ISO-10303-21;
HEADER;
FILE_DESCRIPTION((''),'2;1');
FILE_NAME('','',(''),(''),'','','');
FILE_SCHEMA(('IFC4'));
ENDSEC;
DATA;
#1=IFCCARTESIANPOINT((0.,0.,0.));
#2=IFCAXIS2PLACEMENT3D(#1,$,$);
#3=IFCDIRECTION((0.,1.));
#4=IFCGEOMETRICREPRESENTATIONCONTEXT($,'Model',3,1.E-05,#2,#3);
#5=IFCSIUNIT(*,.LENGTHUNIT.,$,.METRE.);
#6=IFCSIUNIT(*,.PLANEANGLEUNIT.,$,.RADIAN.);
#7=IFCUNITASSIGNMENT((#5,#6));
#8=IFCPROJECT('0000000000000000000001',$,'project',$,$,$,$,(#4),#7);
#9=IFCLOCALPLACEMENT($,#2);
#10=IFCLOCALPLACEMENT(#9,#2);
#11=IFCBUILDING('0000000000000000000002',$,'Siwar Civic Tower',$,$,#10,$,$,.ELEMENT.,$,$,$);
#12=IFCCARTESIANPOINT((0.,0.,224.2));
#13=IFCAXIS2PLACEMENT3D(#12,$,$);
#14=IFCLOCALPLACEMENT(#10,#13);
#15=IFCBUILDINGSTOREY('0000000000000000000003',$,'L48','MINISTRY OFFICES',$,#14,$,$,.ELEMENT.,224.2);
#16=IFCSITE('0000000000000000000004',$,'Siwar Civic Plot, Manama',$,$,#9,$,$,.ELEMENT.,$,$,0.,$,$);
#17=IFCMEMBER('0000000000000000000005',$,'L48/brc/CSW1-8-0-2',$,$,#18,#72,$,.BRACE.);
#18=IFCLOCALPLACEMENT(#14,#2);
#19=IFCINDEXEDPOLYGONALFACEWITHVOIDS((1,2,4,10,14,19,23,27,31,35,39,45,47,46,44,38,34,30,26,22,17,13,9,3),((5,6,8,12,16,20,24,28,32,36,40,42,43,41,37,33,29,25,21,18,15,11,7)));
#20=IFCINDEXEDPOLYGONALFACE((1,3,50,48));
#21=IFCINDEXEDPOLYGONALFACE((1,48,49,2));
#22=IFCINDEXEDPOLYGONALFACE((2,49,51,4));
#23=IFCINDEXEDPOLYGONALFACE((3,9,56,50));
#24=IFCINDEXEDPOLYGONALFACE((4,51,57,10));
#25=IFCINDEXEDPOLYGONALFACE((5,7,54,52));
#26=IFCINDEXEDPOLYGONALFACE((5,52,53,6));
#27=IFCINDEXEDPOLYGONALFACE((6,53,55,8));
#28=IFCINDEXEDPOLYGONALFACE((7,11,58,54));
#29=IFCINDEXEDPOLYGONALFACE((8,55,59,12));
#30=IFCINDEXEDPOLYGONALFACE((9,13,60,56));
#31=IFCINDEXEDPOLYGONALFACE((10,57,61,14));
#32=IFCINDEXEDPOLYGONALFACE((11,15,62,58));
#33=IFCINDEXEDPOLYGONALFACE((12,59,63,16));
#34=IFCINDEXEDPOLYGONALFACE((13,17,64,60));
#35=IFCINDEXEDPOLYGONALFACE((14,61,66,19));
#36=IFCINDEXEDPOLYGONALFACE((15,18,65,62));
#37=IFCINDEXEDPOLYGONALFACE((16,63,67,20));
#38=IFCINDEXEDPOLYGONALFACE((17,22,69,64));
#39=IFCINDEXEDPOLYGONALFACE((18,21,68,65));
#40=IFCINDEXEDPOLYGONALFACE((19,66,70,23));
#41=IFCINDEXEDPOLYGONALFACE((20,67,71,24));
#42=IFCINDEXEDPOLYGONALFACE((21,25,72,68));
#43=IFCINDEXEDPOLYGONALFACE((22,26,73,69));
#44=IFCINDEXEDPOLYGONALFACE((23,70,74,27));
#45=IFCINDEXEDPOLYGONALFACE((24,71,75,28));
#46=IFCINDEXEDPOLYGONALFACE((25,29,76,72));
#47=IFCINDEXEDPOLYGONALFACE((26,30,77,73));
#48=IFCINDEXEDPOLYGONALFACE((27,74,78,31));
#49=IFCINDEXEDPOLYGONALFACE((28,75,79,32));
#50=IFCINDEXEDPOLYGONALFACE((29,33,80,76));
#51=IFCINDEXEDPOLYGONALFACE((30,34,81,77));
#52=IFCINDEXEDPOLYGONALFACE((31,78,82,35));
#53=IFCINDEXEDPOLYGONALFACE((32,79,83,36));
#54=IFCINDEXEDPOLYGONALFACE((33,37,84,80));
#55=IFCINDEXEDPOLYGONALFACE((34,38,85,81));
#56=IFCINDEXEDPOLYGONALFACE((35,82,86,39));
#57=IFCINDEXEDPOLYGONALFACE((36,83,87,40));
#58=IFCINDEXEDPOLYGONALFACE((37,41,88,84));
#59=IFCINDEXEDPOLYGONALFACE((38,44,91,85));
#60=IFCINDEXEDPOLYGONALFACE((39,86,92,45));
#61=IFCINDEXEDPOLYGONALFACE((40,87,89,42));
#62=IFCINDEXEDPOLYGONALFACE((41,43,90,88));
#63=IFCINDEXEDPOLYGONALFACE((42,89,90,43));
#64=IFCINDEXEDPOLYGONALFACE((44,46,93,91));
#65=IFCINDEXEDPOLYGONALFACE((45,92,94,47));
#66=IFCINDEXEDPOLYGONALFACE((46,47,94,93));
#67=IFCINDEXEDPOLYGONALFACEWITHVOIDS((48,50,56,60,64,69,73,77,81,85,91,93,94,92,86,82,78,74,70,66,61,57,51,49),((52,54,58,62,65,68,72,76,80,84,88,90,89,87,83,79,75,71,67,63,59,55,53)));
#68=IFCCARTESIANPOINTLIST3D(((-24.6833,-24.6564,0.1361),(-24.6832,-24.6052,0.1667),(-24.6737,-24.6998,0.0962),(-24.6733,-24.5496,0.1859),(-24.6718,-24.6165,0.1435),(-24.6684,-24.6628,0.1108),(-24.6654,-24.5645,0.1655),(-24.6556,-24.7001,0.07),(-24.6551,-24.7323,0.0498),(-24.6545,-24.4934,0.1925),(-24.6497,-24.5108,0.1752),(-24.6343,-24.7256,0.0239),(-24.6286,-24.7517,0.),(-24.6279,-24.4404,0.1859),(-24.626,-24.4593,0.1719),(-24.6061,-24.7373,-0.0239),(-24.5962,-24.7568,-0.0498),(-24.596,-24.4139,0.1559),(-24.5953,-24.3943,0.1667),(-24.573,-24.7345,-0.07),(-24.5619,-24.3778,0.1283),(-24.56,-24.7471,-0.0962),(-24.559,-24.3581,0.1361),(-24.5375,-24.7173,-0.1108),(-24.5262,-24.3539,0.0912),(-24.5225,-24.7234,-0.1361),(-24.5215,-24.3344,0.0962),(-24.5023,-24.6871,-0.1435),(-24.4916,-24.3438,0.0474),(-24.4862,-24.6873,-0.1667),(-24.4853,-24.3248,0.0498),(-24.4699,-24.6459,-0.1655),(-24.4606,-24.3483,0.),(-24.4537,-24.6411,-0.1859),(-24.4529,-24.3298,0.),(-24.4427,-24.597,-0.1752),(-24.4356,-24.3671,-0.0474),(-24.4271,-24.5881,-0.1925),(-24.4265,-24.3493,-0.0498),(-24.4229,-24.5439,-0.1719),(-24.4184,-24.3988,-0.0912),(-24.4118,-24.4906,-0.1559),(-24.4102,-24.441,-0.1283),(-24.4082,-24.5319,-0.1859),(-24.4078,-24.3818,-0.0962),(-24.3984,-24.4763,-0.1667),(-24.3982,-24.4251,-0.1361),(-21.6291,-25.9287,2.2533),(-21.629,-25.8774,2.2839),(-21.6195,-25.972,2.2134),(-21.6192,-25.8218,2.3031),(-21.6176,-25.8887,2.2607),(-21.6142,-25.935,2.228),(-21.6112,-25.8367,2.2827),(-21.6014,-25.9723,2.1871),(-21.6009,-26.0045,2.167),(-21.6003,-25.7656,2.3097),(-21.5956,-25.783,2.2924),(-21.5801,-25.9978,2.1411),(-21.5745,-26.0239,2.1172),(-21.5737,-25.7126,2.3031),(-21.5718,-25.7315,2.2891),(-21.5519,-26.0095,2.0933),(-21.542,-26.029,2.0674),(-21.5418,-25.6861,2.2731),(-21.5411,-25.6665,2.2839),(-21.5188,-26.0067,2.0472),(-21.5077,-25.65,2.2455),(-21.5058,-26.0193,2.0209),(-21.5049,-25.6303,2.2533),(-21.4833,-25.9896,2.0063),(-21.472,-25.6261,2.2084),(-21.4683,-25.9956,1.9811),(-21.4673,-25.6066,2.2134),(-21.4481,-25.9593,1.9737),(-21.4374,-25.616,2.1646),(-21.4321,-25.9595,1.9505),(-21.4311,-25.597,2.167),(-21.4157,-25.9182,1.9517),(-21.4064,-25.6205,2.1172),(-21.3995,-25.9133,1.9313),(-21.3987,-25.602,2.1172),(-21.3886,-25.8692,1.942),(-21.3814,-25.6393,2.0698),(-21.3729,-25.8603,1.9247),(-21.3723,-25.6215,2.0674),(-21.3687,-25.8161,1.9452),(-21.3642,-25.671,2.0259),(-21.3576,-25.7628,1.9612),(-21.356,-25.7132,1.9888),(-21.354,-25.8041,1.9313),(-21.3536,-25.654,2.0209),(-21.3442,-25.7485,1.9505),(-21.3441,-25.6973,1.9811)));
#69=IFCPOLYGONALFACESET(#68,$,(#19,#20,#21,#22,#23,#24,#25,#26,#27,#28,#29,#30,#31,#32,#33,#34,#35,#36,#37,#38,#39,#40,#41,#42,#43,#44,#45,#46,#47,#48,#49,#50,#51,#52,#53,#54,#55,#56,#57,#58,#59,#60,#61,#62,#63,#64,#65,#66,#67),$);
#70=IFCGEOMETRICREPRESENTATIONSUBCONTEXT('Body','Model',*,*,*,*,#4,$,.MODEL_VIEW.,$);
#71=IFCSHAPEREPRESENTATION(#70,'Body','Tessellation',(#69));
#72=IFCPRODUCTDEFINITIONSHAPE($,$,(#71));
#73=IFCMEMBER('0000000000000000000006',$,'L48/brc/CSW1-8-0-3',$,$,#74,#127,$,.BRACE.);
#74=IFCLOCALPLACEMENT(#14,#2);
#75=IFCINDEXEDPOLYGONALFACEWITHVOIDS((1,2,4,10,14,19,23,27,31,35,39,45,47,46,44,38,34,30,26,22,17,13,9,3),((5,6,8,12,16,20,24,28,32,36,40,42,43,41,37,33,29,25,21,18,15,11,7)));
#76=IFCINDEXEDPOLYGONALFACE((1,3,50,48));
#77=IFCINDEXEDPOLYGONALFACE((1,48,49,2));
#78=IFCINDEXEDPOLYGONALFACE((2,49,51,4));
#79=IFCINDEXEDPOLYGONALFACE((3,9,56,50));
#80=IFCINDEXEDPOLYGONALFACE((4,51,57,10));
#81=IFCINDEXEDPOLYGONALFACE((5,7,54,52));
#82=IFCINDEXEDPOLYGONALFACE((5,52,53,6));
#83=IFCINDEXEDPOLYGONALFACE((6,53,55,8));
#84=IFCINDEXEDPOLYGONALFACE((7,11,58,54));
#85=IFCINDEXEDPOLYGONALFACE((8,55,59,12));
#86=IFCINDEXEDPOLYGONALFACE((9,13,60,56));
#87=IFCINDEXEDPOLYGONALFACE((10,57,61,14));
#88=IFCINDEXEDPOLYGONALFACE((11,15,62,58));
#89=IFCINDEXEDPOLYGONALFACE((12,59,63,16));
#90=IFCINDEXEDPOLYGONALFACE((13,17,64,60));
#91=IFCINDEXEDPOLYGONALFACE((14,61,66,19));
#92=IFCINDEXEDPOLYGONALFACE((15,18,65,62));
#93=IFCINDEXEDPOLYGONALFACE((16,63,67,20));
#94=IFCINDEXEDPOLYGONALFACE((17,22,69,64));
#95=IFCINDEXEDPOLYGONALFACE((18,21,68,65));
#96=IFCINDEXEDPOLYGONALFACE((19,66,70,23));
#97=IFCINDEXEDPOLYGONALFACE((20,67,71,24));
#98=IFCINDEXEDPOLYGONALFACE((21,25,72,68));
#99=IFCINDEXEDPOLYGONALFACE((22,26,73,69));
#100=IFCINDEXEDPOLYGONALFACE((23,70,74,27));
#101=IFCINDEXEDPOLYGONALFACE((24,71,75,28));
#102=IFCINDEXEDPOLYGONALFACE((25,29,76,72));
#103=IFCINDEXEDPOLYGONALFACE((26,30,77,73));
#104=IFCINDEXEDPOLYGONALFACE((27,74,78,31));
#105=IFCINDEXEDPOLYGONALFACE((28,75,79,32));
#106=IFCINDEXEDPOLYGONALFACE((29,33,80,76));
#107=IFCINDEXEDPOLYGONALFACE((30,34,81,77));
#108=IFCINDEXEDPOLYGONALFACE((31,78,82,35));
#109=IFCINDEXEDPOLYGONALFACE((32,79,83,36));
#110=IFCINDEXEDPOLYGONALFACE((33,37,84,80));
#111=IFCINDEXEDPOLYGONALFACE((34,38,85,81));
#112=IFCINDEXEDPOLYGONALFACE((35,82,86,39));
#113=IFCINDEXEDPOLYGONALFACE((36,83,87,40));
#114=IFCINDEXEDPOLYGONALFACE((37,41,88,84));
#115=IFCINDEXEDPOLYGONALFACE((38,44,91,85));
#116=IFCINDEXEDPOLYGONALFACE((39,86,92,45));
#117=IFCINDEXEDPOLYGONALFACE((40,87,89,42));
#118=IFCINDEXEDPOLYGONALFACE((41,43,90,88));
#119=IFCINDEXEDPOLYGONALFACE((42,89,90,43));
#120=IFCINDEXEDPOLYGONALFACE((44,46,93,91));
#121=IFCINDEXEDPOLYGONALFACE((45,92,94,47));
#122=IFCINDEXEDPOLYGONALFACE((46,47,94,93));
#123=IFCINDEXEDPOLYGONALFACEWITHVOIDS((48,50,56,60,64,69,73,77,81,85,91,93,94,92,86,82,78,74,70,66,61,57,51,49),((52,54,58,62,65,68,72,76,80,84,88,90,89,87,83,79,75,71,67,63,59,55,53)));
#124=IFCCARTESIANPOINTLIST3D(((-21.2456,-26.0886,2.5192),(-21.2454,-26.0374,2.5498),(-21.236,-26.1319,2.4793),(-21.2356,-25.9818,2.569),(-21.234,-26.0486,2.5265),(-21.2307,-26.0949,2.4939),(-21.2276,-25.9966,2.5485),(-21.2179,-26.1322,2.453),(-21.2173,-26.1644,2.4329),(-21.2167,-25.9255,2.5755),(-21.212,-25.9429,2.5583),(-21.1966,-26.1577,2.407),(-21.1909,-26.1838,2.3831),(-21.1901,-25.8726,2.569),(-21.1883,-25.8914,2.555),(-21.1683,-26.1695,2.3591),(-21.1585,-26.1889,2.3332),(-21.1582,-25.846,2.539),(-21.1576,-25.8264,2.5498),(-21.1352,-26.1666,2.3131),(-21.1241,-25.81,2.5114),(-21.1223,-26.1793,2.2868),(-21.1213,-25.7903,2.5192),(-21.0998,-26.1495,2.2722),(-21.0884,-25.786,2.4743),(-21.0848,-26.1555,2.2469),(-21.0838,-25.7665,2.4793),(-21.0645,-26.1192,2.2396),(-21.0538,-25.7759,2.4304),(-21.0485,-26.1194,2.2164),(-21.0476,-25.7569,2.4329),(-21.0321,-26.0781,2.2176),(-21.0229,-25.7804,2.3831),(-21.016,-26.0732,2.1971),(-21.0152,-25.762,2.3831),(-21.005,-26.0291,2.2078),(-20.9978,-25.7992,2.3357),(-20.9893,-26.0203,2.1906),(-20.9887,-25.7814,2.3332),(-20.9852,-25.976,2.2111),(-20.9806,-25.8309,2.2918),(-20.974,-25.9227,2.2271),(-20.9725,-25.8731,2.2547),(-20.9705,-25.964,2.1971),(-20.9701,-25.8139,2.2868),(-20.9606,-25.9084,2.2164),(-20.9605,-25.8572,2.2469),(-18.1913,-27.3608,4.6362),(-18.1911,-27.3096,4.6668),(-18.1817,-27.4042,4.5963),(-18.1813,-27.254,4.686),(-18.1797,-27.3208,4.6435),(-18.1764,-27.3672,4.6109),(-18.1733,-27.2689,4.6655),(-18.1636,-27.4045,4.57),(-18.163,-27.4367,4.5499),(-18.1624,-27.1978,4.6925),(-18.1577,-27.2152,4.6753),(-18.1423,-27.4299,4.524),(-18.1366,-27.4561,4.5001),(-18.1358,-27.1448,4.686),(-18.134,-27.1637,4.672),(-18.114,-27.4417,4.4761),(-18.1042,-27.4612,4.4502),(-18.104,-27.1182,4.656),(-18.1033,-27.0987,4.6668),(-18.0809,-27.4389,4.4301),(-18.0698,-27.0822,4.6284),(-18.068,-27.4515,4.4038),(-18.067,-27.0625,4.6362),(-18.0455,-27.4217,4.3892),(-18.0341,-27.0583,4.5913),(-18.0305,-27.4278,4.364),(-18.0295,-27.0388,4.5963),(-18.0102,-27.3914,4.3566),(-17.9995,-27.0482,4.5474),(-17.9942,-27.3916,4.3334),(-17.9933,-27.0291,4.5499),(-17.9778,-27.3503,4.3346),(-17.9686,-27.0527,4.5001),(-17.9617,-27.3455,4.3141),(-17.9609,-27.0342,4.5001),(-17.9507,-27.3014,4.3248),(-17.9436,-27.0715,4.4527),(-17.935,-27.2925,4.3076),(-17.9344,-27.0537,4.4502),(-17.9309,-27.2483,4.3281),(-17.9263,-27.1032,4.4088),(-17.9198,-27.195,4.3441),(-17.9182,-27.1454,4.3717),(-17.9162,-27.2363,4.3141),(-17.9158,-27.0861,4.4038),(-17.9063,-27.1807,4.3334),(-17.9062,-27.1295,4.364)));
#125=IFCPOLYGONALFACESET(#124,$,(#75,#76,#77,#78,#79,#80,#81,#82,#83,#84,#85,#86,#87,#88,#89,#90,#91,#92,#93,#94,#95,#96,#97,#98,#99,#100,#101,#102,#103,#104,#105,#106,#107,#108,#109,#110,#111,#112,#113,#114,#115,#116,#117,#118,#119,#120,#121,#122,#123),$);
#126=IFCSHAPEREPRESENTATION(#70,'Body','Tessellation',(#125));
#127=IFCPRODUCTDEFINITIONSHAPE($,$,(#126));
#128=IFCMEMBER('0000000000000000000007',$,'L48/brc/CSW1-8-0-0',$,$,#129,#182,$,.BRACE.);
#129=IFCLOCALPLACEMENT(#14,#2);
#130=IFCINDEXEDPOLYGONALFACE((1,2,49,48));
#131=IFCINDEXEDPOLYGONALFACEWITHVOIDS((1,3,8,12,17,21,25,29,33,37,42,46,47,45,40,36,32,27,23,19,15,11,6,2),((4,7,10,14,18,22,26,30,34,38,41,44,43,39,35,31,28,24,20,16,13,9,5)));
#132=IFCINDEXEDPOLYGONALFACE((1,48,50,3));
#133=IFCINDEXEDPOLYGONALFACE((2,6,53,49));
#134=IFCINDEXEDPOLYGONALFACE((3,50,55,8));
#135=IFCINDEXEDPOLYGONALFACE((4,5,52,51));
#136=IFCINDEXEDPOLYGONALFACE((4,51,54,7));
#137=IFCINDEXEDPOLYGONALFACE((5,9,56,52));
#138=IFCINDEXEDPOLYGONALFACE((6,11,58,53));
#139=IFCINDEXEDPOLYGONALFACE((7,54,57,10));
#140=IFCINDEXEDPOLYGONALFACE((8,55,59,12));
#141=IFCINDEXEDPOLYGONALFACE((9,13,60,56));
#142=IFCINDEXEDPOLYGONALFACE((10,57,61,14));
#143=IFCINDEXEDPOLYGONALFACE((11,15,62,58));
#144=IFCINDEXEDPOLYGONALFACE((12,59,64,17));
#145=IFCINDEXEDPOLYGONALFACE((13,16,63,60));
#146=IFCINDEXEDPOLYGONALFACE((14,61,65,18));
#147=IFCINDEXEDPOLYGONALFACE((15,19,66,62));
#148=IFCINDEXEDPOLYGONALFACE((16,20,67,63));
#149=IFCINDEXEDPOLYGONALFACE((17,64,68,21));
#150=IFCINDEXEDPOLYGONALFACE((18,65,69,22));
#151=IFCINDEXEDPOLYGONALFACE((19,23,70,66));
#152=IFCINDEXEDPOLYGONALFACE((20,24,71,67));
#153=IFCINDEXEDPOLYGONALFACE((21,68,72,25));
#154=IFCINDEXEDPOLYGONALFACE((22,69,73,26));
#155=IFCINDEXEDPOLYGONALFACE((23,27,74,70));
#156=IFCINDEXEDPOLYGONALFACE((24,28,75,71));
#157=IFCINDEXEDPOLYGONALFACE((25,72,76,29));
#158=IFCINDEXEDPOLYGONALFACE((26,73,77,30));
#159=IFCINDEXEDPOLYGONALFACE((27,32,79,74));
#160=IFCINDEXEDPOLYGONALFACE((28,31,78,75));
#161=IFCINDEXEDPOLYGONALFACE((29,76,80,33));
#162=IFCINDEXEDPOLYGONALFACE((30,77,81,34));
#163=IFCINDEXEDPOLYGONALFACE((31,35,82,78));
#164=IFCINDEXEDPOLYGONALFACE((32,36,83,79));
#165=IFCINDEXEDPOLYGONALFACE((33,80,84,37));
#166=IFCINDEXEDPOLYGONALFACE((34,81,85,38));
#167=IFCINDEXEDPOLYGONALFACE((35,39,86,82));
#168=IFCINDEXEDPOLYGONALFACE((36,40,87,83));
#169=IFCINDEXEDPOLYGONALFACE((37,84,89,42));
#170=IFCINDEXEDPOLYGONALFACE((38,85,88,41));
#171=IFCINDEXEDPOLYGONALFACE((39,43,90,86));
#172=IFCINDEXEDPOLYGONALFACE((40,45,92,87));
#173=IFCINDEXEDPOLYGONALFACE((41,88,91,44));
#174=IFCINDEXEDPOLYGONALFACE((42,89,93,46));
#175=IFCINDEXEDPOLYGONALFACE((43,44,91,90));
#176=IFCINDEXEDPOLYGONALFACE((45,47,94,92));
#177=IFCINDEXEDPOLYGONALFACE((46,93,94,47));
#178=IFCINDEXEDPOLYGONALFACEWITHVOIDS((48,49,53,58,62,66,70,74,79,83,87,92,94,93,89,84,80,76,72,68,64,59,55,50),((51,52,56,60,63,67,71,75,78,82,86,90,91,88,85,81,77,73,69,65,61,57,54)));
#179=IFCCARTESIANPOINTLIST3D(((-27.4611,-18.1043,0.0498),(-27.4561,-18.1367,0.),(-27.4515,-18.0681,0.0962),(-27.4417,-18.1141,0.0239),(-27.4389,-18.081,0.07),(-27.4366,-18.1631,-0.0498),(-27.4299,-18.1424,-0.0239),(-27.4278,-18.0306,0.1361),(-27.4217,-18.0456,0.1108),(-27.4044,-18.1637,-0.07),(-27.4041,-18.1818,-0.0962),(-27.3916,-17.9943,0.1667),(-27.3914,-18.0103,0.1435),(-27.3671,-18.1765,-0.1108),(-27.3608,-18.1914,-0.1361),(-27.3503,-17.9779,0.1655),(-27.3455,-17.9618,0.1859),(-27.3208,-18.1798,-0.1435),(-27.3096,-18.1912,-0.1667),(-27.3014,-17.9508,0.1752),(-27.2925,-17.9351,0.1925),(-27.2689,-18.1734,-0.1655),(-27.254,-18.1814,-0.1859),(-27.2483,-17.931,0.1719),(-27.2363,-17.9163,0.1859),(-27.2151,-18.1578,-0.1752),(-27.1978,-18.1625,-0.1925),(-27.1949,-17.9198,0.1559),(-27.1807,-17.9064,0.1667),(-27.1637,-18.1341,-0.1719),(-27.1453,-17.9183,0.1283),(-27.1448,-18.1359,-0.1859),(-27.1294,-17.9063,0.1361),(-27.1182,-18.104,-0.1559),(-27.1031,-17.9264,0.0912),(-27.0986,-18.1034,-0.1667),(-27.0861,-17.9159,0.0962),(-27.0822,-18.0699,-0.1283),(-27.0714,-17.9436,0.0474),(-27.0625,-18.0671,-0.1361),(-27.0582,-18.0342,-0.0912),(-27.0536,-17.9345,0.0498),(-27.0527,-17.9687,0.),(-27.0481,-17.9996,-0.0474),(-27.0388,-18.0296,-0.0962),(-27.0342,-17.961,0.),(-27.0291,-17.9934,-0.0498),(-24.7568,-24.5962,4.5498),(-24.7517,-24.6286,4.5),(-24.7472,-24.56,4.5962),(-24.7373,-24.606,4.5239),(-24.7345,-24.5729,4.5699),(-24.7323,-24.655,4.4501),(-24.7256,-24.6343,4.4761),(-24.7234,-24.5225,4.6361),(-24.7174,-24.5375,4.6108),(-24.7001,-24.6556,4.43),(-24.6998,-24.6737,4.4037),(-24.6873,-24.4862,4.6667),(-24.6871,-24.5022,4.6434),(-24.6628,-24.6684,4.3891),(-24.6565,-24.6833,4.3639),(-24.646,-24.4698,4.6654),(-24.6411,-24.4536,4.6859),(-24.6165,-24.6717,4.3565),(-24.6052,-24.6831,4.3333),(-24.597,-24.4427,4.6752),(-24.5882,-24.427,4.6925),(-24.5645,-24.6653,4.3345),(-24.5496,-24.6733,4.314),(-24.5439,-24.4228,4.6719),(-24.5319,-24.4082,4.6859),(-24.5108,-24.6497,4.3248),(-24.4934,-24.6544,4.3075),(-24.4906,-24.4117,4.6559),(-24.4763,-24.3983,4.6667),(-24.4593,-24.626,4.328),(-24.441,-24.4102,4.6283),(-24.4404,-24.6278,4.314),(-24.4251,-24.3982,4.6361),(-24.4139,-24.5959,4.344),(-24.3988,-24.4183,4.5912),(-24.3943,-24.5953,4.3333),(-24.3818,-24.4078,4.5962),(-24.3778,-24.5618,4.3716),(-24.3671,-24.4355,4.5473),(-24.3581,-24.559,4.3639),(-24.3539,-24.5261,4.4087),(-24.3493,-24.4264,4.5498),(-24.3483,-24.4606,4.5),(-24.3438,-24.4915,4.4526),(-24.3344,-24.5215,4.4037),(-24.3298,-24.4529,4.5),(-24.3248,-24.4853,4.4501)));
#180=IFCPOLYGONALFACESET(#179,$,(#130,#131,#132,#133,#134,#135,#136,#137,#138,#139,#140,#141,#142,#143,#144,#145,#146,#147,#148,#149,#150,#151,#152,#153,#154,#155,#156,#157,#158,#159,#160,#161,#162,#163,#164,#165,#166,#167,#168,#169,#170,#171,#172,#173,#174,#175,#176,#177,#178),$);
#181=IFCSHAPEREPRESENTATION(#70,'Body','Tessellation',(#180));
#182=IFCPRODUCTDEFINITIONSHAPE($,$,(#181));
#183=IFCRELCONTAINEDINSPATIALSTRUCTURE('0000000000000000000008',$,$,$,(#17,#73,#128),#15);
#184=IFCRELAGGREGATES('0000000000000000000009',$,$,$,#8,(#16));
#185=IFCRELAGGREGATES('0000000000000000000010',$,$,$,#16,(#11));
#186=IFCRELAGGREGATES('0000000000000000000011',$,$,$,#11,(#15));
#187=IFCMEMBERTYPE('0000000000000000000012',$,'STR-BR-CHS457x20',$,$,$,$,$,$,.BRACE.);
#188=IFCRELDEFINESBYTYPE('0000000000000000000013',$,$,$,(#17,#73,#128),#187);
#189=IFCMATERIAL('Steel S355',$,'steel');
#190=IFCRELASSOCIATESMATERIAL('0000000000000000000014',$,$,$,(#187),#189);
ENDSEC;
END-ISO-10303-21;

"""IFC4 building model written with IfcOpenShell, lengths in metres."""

from ifc_helpers import new_model, si_unit, direction, frame, origin, origin_2d, place, context, subcontext, project, spatial, hollow_circle, extrude, material, material_profile, profile_set, type_object, element, save


model = new_model("IFC4")

# Units and contexts
model_context = context("Model", 3, precision=1e-05, world=origin(), true_north=direction((0.0, 1.0)))
body_context = subcontext(model_context, "Body", "Model", "MODEL_VIEW")
ifc_project = project(units=[si_unit("LENGTHUNIT", "METRE"), si_unit("PLANEANGLEUNIT", "RADIAN")], contexts=[model_context])

# Site, building, storey
site_placement = place(None, origin())
site = spatial("IfcSite", under=ifc_project, at=site_placement, Name="Siwar Civic Plot, Manama", CompositionType="ELEMENT", RefElevation=0.0)
building_placement = place(site_placement, origin())
building = spatial("IfcBuilding", under=site, at=building_placement, Name="Siwar Civic Tower", CompositionType="ELEMENT")
storey_placement = place(building_placement, frame((0.0, 0.0, 224.2)))
storey = spatial("IfcBuildingStorey", under=building, at=storey_placement, Name="L48", Description="MINISTRY OFFICES", CompositionType="ELEMENT", Elevation=224.2)

# Members
ifc_material_1 = material(Name="Steel S355", Category="steel")
ifc_material_profile_1 = material_profile(ifc_material_1, hollow_circle(Radius=0.2285, WallThickness=0.02, at=origin_2d()), Name="CHS457x20")
ifc_profile_set_1 = profile_set([ifc_material_profile_1], Name="Steel S355")
member_type_1 = type_object("IfcMemberType", Name="STR-BR-CHS457x20", PredefinedType="BRACE", material=ifc_profile_set_1)
for number, where, z_axis, x_axis, name in (
    (1, (-24.5408, -24.5408, 0.0), (0.777546, -0.323884, 0.538999), (0.384521, 0.923116, 0.0), "L48/brc/CSW1-8-0-2"),
    (2, (-21.103, -25.9729, 2.3831), (0.777572, -0.323895, 0.538955), (0.384521, 0.923116, 0.0), "L48/brc/CSW1-8-0-3"),
):
    element("IfcMember", number, at=place(storey_placement, frame(where, z_axis=z_axis, x_axis=x_axis)), inside=storey, type_object=member_type_1, Name=name, PredefinedType="BRACE", context=body_context, shape_type="SweptSolid", body=[
        extrude(hollow_circle(Radius=0.2285, WallThickness=0.02, at=origin_2d()), origin(), (0.0, 0.0, 1.0), 3.928),
    ])
member_1_placement = place(storey_placement, frame((-27.2451, -18.0488, 0.0), z_axis=(0.323906, -0.777555, 0.538975), x_axis=(0.923109, 0.384539, 0.0)))
element("IfcMember", 3, at=member_1_placement, inside=storey, type_object=member_type_1, Name="L48/brc/CSW1-8-0-0", PredefinedType="BRACE", context=body_context, shape_type="SweptSolid", body=[
    extrude(hollow_circle(Radius=0.2285, WallThickness=0.02, at=origin_2d()), origin(), (0.0, 0.0, 1.0), 8.3491),
])

save(model, "model.ifc")
